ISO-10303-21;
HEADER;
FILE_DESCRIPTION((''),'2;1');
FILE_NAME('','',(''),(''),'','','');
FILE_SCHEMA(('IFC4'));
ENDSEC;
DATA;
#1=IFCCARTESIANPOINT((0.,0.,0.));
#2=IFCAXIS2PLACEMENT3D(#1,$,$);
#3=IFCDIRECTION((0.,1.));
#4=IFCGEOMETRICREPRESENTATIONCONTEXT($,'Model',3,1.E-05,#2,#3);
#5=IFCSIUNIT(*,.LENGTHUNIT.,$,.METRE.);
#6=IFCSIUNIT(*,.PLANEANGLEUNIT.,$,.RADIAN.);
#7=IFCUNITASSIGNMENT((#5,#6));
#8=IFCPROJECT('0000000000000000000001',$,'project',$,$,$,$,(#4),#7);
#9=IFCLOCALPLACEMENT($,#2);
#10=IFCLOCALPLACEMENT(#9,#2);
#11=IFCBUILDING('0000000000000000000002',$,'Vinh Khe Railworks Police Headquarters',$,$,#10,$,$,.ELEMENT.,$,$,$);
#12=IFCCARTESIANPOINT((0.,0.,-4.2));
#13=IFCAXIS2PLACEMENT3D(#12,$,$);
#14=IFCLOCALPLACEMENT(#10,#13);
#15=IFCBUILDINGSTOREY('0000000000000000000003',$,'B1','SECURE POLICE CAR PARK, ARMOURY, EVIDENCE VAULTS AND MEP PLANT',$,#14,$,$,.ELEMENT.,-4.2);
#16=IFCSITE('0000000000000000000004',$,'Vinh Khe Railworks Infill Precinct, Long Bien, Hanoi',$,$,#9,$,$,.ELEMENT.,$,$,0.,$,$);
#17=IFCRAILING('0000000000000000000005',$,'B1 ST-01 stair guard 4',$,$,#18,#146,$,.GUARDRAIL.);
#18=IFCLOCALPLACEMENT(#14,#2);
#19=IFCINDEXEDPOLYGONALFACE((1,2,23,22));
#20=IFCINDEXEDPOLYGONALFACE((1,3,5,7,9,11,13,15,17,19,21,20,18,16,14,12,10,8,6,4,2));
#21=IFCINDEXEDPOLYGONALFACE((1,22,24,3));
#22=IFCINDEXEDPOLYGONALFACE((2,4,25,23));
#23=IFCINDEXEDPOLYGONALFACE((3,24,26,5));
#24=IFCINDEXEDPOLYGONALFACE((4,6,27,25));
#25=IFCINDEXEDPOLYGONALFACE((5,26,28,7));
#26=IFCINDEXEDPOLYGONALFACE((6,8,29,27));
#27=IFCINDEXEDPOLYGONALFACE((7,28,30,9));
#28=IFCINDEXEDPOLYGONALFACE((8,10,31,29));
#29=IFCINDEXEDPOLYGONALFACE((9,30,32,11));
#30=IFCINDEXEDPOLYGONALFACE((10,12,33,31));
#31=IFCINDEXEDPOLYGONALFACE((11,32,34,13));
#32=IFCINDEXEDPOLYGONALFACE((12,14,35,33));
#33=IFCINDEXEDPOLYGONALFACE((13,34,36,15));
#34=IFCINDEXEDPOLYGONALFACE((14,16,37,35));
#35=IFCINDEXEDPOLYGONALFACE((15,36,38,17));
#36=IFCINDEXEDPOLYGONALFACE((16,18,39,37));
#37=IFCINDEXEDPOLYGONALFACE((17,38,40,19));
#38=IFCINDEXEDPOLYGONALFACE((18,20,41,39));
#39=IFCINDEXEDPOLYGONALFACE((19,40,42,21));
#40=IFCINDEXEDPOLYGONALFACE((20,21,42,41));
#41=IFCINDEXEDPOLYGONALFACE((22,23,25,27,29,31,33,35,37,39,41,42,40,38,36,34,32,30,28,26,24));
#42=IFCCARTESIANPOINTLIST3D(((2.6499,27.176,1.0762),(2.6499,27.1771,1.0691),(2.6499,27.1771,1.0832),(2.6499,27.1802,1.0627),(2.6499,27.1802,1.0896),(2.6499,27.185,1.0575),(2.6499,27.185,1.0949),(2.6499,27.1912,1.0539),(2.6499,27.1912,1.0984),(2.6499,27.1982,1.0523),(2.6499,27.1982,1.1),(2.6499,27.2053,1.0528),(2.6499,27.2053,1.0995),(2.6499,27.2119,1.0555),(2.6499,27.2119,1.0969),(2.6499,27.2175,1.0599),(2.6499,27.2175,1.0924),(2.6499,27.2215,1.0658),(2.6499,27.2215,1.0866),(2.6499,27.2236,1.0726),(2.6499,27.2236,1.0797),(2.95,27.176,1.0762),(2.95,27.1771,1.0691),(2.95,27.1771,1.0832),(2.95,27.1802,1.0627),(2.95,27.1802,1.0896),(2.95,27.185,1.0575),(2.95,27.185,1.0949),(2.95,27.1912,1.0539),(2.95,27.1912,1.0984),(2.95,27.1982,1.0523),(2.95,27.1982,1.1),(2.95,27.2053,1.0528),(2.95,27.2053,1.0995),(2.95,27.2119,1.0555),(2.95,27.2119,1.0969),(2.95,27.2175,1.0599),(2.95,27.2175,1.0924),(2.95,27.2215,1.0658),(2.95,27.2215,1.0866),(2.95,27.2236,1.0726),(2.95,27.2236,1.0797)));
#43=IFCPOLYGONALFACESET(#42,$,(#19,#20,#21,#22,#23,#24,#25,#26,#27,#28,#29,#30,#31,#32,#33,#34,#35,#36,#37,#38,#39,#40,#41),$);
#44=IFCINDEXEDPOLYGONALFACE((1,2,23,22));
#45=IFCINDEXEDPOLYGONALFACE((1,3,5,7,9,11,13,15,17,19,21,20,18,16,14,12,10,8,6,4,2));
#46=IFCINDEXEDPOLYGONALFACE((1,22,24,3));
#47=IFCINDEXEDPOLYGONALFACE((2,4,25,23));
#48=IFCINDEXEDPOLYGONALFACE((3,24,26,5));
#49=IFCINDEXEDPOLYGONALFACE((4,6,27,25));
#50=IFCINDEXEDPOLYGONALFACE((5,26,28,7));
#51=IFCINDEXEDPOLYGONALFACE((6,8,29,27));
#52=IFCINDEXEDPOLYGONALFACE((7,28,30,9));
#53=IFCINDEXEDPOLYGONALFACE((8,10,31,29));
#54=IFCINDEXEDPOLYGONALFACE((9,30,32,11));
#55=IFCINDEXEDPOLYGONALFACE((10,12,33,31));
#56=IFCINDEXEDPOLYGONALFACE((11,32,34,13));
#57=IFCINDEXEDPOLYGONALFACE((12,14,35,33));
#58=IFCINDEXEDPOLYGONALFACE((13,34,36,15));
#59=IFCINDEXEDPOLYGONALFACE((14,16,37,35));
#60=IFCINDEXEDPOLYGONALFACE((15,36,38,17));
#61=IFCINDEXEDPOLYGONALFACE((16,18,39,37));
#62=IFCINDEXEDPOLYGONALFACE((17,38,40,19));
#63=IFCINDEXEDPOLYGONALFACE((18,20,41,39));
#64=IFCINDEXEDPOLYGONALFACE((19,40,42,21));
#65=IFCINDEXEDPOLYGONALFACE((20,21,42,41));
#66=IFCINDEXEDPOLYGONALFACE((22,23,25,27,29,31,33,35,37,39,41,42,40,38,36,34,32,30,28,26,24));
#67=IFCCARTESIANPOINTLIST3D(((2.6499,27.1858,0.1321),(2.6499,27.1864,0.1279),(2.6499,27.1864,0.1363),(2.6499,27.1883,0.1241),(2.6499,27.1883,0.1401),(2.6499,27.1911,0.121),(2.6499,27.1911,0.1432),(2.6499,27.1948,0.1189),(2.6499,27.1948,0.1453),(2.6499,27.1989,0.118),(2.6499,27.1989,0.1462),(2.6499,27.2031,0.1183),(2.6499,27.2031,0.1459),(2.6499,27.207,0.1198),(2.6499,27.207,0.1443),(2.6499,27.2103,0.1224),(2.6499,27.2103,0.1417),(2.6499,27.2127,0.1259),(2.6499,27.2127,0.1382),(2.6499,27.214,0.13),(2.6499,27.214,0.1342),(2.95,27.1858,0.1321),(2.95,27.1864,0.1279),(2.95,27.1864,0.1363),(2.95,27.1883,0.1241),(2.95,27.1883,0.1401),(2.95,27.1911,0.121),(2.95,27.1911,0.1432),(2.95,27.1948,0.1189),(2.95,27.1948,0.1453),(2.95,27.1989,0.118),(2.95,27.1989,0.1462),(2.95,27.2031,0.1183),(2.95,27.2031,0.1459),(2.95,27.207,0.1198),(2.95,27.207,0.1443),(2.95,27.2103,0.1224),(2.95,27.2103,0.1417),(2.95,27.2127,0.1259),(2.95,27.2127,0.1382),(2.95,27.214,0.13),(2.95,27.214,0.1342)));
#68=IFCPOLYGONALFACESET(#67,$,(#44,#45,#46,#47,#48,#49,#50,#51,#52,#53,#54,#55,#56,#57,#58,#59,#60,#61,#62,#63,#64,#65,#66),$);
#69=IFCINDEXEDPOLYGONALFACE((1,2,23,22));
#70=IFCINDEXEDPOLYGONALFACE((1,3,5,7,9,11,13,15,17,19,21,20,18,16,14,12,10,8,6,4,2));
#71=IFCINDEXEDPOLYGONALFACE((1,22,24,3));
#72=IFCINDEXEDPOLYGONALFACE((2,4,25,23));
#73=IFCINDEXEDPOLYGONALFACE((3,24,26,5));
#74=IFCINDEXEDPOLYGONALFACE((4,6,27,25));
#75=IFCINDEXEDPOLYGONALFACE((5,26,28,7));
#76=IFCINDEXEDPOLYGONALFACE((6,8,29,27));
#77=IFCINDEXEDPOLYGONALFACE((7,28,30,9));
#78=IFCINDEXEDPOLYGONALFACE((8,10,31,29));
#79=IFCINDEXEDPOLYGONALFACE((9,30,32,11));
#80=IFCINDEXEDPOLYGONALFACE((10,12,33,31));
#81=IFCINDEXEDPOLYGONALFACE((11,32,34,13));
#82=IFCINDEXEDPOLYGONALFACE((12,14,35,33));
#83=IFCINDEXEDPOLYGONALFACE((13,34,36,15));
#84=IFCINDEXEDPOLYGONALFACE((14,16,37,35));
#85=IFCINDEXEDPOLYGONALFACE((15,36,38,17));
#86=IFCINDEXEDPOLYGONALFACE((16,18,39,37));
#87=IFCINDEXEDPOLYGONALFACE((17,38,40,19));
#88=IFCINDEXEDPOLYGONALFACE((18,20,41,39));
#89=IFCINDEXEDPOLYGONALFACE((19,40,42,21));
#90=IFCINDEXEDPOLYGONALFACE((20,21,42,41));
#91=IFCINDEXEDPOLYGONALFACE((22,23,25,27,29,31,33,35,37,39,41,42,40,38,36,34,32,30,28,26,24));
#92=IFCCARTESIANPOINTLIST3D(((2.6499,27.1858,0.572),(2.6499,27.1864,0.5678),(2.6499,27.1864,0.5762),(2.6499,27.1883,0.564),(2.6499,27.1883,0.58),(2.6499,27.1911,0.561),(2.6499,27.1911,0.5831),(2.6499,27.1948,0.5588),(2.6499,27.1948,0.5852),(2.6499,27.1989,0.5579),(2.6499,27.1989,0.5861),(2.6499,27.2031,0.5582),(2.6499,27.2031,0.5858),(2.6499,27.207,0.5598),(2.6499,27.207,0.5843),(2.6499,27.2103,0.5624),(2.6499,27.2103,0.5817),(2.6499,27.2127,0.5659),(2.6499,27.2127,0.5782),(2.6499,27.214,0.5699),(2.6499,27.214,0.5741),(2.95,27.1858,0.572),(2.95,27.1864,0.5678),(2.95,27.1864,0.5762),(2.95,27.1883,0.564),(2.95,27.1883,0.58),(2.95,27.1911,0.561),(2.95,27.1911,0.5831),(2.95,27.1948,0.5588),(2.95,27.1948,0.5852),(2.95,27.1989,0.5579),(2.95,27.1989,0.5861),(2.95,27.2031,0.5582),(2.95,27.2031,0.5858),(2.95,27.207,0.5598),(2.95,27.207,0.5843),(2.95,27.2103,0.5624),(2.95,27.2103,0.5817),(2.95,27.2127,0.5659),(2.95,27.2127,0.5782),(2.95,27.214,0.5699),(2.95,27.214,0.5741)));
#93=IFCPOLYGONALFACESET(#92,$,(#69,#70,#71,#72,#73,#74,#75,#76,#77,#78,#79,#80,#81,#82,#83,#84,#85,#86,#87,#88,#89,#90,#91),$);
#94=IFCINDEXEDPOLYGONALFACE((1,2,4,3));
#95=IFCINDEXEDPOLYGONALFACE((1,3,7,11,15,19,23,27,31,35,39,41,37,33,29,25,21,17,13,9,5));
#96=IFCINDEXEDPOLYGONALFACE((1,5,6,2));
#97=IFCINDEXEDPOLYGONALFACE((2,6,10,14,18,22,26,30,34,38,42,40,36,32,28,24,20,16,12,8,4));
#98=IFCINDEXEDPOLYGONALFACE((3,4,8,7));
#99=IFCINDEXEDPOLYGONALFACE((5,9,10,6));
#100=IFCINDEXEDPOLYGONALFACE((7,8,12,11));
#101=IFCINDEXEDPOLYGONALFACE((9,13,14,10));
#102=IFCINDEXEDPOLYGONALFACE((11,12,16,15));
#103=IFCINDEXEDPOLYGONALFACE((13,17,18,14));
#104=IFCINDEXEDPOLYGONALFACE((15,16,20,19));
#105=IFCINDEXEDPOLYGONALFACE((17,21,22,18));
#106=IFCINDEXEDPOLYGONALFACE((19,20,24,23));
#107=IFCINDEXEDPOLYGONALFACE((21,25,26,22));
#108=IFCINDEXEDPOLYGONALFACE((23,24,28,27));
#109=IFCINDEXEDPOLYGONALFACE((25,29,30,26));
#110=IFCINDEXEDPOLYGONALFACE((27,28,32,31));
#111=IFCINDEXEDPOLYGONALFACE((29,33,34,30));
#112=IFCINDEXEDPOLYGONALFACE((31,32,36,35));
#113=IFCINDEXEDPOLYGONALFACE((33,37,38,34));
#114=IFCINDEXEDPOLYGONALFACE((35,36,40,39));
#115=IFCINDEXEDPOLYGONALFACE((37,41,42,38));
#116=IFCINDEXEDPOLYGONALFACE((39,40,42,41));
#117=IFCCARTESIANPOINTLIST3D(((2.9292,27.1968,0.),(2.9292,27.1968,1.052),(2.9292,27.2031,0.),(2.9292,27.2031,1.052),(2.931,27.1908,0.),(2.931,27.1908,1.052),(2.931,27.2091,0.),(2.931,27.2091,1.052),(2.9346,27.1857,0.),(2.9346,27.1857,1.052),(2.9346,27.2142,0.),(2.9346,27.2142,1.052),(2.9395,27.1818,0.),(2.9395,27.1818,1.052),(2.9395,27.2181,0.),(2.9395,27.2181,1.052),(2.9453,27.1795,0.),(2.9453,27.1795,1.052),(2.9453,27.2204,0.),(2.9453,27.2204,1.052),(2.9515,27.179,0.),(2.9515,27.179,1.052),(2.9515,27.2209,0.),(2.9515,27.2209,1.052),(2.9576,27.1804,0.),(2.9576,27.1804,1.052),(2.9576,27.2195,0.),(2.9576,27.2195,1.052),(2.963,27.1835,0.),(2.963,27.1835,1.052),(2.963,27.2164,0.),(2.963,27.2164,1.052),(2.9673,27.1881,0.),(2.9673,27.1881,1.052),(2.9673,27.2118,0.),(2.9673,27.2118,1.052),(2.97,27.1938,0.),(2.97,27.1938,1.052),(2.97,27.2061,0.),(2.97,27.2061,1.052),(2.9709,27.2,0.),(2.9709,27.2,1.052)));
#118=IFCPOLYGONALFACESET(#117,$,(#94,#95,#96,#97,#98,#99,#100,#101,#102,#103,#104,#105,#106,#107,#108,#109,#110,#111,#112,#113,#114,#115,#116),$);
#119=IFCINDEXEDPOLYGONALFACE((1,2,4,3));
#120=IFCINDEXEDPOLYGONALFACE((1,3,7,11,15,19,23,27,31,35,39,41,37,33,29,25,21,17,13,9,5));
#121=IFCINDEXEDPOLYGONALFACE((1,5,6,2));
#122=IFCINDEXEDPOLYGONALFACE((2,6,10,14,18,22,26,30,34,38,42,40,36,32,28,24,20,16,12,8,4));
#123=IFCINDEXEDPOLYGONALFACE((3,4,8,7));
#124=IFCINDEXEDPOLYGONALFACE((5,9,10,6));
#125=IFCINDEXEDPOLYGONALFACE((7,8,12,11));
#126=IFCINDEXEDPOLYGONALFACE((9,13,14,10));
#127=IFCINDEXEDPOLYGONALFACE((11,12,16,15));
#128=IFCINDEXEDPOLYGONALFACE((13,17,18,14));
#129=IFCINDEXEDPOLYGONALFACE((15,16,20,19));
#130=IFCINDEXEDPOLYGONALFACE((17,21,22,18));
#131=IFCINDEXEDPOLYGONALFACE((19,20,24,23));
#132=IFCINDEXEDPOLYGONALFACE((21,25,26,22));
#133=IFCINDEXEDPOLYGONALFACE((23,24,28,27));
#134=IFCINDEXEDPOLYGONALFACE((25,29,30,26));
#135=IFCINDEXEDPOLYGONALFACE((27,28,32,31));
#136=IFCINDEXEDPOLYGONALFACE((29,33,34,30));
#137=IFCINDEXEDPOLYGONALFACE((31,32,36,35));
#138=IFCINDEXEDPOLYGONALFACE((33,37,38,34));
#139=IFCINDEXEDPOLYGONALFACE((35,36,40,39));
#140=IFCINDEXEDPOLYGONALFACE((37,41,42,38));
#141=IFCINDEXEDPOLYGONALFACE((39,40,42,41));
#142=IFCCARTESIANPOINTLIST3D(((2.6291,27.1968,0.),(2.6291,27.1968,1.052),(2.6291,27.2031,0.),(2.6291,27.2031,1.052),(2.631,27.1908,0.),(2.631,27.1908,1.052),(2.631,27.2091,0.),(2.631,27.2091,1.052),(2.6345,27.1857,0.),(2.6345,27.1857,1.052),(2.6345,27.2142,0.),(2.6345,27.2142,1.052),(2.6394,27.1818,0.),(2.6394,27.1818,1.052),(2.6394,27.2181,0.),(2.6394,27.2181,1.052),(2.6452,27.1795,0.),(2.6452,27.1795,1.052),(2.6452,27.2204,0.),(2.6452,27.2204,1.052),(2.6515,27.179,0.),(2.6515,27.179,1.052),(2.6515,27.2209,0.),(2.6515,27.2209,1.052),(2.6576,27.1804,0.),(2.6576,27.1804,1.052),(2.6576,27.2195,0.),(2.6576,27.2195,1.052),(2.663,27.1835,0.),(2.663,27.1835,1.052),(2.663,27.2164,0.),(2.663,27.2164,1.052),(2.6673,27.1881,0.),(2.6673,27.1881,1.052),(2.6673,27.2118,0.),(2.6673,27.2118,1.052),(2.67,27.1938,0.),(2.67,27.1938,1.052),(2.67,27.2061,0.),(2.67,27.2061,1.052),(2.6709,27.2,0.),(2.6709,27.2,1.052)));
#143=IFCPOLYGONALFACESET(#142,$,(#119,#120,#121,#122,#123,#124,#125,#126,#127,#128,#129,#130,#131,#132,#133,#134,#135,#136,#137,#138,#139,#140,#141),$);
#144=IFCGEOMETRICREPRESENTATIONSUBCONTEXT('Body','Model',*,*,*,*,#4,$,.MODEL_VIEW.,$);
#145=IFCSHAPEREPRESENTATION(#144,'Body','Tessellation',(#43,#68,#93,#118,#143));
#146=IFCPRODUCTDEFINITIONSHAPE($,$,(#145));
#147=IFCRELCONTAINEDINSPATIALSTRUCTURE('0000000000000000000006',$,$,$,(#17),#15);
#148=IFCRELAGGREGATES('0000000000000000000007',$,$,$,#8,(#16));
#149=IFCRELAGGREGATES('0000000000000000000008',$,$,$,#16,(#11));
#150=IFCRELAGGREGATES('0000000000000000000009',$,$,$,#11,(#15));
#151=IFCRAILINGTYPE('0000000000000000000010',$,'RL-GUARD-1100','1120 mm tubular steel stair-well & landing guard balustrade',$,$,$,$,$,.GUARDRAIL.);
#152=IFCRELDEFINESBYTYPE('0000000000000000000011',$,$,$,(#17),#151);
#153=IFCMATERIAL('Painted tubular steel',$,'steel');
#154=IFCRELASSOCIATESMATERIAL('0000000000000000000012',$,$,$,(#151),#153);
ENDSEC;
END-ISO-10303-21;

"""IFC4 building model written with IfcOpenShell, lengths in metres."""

from ifc_helpers import new_model, si_unit, direction, frame, origin, origin_2d, place, context, subcontext, project, spatial, circle, extrude, material, type_object, element, save


model = new_model("IFC4")

# Units and contexts
model_context = context("Model", 3, precision=1e-05, world=origin(), true_north=direction((0.0, 1.0)))
body_context = subcontext(model_context, "Body", "Model", "MODEL_VIEW")
ifc_project = project(units=[si_unit("LENGTHUNIT", "METRE"), si_unit("PLANEANGLEUNIT", "RADIAN")], contexts=[model_context])

# Site, building, storey
site_placement = place(None, origin())
site = spatial("IfcSite", under=ifc_project, at=site_placement, Name="Vinh Khe Railworks Infill Precinct, Long Bien, Hanoi", CompositionType="ELEMENT", RefElevation=0.0)
building_placement = place(site_placement, origin())
building = spatial("IfcBuilding", under=site, at=building_placement, Name="Vinh Khe Railworks Police Headquarters", CompositionType="ELEMENT")
storey_placement = place(building_placement, frame((0.0, 0.0, -4.2)))
storey = spatial("IfcBuildingStorey", under=building, at=storey_placement, Name="B1", Description="SECURE POLICE CAR PARK, ARMOURY, EVIDENCE VAULTS AND MEP PLANT", CompositionType="ELEMENT", Elevation=-4.2)

# Railing
ifc_material_1 = material(Name="Painted tubular steel", Category="steel")
railing_type_1 = type_object("IfcRailingType", Name="RL-GUARD-1100", Description="1120 mm tubular steel stair-well & landing guard balustrade", PredefinedType="GUARDRAIL", material=ifc_material_1)
railing_1_placement = place(storey_placement, frame((2.95, 27.2, 0.0)))
element("IfcRailing", 1, at=railing_1_placement, inside=storey, type_object=railing_type_1, Name="B1 ST-01 stair guard 4", PredefinedType="GUARDRAIL", context=body_context, shape_type="SweptSolid", body=[
    extrude(circle(Radius=0.0239, at=origin_2d()), frame((0.0, 0.0, 1.0762), z_axis=(-1.0, 0.0, 0.0), x_axis=(0.0, -1.0, 0.0)), (0.0, 0.0, 1.0), 0.3),
    extrude(circle(Radius=0.0142, at=origin_2d()), frame((0.0, 0.0, 0.1321), z_axis=(-1.0, 0.0, 0.0), x_axis=(0.0, -1.0, 0.0)), (0.0, 0.0, 1.0), 0.3),
    extrude(circle(Radius=0.0142, at=origin_2d()), frame((0.0, 0.0, 0.572), z_axis=(-1.0, 0.0, 0.0), x_axis=(0.0, -1.0, 0.0)), (0.0, 0.0, 1.0), 0.3),
    extrude(circle(Radius=0.021, at=origin_2d()), origin(), (0.0, 0.0, 1.0), 1.052),
    extrude(circle(Radius=0.021, at=origin_2d()), frame((-0.3, 0.0, 0.0)), (0.0, 0.0, 1.0), 1.052),
])

save(model, "model.ifc")
